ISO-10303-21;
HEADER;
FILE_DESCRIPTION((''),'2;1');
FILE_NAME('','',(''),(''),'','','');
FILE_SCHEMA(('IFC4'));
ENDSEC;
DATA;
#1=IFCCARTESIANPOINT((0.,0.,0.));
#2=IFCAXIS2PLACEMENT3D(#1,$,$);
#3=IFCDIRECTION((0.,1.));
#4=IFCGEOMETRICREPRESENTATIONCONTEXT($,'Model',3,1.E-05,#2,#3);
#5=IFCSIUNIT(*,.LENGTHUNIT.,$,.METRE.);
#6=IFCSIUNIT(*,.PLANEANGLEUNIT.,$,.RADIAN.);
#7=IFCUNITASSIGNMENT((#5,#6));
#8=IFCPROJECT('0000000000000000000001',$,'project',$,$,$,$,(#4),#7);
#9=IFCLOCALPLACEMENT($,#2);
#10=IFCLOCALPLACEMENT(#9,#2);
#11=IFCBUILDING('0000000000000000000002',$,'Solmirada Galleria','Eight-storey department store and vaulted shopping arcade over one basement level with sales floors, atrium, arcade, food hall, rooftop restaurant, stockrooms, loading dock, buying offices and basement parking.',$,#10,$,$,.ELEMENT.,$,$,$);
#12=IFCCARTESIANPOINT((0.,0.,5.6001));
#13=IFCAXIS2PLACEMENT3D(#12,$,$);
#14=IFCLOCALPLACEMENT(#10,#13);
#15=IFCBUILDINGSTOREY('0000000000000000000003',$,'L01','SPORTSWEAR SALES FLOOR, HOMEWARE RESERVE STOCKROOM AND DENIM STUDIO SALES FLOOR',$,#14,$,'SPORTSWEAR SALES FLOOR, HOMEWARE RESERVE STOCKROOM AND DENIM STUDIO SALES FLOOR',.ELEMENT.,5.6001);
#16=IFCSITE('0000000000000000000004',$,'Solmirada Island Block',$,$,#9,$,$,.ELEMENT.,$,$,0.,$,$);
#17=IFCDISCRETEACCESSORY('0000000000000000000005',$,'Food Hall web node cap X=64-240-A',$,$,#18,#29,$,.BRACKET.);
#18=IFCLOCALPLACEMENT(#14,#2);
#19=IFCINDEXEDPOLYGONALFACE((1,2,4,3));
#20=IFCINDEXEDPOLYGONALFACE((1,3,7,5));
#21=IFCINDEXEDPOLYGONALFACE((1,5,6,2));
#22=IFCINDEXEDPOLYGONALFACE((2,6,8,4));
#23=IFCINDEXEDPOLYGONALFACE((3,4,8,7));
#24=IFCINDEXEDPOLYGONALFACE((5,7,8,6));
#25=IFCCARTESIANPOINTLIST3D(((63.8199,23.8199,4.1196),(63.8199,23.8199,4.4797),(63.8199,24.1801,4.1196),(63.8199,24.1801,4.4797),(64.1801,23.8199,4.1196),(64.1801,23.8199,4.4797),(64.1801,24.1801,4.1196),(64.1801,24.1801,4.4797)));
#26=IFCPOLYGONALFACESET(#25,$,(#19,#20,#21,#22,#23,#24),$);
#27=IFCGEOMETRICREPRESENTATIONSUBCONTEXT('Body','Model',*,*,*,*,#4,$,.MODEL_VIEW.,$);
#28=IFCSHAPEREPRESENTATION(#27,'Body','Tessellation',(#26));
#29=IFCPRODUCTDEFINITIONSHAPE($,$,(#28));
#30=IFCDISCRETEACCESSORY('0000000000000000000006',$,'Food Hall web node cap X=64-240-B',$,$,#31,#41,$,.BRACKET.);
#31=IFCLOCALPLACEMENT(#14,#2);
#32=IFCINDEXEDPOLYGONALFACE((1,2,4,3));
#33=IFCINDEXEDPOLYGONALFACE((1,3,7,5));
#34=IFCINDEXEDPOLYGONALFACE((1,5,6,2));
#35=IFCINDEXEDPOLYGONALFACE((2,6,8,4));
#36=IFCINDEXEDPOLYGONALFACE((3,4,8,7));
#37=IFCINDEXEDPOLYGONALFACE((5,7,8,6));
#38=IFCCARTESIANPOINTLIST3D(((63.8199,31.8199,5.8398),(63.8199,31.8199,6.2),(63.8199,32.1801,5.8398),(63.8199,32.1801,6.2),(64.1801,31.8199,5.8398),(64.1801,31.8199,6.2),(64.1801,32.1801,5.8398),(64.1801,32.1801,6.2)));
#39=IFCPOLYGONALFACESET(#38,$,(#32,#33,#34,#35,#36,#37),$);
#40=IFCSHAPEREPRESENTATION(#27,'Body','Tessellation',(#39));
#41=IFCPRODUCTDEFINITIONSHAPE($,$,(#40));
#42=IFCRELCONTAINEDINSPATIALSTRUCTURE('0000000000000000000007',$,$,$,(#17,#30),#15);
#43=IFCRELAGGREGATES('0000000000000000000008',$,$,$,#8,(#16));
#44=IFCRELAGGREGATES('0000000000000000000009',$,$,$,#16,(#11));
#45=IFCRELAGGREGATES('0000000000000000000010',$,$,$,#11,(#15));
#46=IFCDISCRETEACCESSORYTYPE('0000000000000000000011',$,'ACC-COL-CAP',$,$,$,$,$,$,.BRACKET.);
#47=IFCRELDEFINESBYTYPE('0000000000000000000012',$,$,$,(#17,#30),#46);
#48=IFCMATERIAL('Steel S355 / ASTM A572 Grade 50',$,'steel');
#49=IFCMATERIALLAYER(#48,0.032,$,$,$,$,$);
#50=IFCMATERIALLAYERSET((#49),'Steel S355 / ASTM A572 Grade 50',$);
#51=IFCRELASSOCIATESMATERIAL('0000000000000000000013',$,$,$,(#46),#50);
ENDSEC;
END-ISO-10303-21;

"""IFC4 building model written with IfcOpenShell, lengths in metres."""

from ifc_helpers import new_model, si_unit, direction, frame, origin, origin_2d, place, context, subcontext, project, spatial, rectangle, extrude, material, layer, layer_set, type_object, element, save


model = new_model("IFC4")

# Units and contexts
model_context = context("Model", 3, precision=1e-05, world=origin(), true_north=direction((0.0, 1.0)))
body_context = subcontext(model_context, "Body", "Model", "MODEL_VIEW")
ifc_project = project(units=[si_unit("LENGTHUNIT", "METRE"), si_unit("PLANEANGLEUNIT", "RADIAN")], contexts=[model_context])

# Site, building, storey
site_placement = place(None, origin())
site = spatial("IfcSite", under=ifc_project, at=site_placement, Name="Solmirada Island Block", CompositionType="ELEMENT", RefElevation=0.0)
building_placement = place(site_placement, origin())
building = spatial("IfcBuilding", under=site, at=building_placement, Name="Solmirada Galleria", Description="Eight-storey department store and vaulted shopping arcade over one basement level with sales floors, atrium, arcade, food hall, rooftop restaurant, stockrooms, loading dock, buying offices and basement parking.", CompositionType="ELEMENT")
storey_placement = place(building_placement, frame((0.0, 0.0, 5.6001)))
storey = spatial("IfcBuildingStorey", under=building, at=storey_placement, Name="L01", Description="SPORTSWEAR SALES FLOOR, HOMEWARE RESERVE STOCKROOM AND DENIM STUDIO SALES FLOOR", LongName="SPORTSWEAR SALES FLOOR, HOMEWARE RESERVE STOCKROOM AND DENIM STUDIO SALES FLOOR", CompositionType="ELEMENT", Elevation=5.6001)

# Discrete accessories
ifc_material_1 = material(Name="Steel S355 / ASTM A572 Grade 50", Category="steel")
ifc_layer_1 = layer(ifc_material_1, 0.032)
ifc_layer_set_1 = layer_set([ifc_layer_1], Name="Steel S355 / ASTM A572 Grade 50")
discrete_accessory_type = type_object("IfcDiscreteAccessoryType", Name="ACC-COL-CAP", PredefinedType="BRACKET", material=ifc_layer_set_1)
for number, where, z_axis, x_axis, name in (
    (1, (64.0, 24.0, 4.1196), (0.0, 0.0, 1.0), (1.0, 0.0, 0.0), "Food Hall web node cap X=64-240-A"),
    (2, (64.0, 32.0, 5.8398), (0.0, 0.0, 1.0), (1.0, 0.0, 0.0), "Food Hall web node cap X=64-240-B"),
):
    element("IfcDiscreteAccessory", number, at=place(storey_placement, frame(where, z_axis=z_axis, x_axis=x_axis)), inside=storey, type_object=discrete_accessory_type, Name=name, PredefinedType="BRACKET", context=body_context, shape_type="SweptSolid", body=[
        extrude(rectangle(XDim=0.3601, YDim=0.3601, at=origin_2d()), origin(), (0.0, 0.0, 1.0), 0.3601),
    ])

save(model, "model.ifc")
